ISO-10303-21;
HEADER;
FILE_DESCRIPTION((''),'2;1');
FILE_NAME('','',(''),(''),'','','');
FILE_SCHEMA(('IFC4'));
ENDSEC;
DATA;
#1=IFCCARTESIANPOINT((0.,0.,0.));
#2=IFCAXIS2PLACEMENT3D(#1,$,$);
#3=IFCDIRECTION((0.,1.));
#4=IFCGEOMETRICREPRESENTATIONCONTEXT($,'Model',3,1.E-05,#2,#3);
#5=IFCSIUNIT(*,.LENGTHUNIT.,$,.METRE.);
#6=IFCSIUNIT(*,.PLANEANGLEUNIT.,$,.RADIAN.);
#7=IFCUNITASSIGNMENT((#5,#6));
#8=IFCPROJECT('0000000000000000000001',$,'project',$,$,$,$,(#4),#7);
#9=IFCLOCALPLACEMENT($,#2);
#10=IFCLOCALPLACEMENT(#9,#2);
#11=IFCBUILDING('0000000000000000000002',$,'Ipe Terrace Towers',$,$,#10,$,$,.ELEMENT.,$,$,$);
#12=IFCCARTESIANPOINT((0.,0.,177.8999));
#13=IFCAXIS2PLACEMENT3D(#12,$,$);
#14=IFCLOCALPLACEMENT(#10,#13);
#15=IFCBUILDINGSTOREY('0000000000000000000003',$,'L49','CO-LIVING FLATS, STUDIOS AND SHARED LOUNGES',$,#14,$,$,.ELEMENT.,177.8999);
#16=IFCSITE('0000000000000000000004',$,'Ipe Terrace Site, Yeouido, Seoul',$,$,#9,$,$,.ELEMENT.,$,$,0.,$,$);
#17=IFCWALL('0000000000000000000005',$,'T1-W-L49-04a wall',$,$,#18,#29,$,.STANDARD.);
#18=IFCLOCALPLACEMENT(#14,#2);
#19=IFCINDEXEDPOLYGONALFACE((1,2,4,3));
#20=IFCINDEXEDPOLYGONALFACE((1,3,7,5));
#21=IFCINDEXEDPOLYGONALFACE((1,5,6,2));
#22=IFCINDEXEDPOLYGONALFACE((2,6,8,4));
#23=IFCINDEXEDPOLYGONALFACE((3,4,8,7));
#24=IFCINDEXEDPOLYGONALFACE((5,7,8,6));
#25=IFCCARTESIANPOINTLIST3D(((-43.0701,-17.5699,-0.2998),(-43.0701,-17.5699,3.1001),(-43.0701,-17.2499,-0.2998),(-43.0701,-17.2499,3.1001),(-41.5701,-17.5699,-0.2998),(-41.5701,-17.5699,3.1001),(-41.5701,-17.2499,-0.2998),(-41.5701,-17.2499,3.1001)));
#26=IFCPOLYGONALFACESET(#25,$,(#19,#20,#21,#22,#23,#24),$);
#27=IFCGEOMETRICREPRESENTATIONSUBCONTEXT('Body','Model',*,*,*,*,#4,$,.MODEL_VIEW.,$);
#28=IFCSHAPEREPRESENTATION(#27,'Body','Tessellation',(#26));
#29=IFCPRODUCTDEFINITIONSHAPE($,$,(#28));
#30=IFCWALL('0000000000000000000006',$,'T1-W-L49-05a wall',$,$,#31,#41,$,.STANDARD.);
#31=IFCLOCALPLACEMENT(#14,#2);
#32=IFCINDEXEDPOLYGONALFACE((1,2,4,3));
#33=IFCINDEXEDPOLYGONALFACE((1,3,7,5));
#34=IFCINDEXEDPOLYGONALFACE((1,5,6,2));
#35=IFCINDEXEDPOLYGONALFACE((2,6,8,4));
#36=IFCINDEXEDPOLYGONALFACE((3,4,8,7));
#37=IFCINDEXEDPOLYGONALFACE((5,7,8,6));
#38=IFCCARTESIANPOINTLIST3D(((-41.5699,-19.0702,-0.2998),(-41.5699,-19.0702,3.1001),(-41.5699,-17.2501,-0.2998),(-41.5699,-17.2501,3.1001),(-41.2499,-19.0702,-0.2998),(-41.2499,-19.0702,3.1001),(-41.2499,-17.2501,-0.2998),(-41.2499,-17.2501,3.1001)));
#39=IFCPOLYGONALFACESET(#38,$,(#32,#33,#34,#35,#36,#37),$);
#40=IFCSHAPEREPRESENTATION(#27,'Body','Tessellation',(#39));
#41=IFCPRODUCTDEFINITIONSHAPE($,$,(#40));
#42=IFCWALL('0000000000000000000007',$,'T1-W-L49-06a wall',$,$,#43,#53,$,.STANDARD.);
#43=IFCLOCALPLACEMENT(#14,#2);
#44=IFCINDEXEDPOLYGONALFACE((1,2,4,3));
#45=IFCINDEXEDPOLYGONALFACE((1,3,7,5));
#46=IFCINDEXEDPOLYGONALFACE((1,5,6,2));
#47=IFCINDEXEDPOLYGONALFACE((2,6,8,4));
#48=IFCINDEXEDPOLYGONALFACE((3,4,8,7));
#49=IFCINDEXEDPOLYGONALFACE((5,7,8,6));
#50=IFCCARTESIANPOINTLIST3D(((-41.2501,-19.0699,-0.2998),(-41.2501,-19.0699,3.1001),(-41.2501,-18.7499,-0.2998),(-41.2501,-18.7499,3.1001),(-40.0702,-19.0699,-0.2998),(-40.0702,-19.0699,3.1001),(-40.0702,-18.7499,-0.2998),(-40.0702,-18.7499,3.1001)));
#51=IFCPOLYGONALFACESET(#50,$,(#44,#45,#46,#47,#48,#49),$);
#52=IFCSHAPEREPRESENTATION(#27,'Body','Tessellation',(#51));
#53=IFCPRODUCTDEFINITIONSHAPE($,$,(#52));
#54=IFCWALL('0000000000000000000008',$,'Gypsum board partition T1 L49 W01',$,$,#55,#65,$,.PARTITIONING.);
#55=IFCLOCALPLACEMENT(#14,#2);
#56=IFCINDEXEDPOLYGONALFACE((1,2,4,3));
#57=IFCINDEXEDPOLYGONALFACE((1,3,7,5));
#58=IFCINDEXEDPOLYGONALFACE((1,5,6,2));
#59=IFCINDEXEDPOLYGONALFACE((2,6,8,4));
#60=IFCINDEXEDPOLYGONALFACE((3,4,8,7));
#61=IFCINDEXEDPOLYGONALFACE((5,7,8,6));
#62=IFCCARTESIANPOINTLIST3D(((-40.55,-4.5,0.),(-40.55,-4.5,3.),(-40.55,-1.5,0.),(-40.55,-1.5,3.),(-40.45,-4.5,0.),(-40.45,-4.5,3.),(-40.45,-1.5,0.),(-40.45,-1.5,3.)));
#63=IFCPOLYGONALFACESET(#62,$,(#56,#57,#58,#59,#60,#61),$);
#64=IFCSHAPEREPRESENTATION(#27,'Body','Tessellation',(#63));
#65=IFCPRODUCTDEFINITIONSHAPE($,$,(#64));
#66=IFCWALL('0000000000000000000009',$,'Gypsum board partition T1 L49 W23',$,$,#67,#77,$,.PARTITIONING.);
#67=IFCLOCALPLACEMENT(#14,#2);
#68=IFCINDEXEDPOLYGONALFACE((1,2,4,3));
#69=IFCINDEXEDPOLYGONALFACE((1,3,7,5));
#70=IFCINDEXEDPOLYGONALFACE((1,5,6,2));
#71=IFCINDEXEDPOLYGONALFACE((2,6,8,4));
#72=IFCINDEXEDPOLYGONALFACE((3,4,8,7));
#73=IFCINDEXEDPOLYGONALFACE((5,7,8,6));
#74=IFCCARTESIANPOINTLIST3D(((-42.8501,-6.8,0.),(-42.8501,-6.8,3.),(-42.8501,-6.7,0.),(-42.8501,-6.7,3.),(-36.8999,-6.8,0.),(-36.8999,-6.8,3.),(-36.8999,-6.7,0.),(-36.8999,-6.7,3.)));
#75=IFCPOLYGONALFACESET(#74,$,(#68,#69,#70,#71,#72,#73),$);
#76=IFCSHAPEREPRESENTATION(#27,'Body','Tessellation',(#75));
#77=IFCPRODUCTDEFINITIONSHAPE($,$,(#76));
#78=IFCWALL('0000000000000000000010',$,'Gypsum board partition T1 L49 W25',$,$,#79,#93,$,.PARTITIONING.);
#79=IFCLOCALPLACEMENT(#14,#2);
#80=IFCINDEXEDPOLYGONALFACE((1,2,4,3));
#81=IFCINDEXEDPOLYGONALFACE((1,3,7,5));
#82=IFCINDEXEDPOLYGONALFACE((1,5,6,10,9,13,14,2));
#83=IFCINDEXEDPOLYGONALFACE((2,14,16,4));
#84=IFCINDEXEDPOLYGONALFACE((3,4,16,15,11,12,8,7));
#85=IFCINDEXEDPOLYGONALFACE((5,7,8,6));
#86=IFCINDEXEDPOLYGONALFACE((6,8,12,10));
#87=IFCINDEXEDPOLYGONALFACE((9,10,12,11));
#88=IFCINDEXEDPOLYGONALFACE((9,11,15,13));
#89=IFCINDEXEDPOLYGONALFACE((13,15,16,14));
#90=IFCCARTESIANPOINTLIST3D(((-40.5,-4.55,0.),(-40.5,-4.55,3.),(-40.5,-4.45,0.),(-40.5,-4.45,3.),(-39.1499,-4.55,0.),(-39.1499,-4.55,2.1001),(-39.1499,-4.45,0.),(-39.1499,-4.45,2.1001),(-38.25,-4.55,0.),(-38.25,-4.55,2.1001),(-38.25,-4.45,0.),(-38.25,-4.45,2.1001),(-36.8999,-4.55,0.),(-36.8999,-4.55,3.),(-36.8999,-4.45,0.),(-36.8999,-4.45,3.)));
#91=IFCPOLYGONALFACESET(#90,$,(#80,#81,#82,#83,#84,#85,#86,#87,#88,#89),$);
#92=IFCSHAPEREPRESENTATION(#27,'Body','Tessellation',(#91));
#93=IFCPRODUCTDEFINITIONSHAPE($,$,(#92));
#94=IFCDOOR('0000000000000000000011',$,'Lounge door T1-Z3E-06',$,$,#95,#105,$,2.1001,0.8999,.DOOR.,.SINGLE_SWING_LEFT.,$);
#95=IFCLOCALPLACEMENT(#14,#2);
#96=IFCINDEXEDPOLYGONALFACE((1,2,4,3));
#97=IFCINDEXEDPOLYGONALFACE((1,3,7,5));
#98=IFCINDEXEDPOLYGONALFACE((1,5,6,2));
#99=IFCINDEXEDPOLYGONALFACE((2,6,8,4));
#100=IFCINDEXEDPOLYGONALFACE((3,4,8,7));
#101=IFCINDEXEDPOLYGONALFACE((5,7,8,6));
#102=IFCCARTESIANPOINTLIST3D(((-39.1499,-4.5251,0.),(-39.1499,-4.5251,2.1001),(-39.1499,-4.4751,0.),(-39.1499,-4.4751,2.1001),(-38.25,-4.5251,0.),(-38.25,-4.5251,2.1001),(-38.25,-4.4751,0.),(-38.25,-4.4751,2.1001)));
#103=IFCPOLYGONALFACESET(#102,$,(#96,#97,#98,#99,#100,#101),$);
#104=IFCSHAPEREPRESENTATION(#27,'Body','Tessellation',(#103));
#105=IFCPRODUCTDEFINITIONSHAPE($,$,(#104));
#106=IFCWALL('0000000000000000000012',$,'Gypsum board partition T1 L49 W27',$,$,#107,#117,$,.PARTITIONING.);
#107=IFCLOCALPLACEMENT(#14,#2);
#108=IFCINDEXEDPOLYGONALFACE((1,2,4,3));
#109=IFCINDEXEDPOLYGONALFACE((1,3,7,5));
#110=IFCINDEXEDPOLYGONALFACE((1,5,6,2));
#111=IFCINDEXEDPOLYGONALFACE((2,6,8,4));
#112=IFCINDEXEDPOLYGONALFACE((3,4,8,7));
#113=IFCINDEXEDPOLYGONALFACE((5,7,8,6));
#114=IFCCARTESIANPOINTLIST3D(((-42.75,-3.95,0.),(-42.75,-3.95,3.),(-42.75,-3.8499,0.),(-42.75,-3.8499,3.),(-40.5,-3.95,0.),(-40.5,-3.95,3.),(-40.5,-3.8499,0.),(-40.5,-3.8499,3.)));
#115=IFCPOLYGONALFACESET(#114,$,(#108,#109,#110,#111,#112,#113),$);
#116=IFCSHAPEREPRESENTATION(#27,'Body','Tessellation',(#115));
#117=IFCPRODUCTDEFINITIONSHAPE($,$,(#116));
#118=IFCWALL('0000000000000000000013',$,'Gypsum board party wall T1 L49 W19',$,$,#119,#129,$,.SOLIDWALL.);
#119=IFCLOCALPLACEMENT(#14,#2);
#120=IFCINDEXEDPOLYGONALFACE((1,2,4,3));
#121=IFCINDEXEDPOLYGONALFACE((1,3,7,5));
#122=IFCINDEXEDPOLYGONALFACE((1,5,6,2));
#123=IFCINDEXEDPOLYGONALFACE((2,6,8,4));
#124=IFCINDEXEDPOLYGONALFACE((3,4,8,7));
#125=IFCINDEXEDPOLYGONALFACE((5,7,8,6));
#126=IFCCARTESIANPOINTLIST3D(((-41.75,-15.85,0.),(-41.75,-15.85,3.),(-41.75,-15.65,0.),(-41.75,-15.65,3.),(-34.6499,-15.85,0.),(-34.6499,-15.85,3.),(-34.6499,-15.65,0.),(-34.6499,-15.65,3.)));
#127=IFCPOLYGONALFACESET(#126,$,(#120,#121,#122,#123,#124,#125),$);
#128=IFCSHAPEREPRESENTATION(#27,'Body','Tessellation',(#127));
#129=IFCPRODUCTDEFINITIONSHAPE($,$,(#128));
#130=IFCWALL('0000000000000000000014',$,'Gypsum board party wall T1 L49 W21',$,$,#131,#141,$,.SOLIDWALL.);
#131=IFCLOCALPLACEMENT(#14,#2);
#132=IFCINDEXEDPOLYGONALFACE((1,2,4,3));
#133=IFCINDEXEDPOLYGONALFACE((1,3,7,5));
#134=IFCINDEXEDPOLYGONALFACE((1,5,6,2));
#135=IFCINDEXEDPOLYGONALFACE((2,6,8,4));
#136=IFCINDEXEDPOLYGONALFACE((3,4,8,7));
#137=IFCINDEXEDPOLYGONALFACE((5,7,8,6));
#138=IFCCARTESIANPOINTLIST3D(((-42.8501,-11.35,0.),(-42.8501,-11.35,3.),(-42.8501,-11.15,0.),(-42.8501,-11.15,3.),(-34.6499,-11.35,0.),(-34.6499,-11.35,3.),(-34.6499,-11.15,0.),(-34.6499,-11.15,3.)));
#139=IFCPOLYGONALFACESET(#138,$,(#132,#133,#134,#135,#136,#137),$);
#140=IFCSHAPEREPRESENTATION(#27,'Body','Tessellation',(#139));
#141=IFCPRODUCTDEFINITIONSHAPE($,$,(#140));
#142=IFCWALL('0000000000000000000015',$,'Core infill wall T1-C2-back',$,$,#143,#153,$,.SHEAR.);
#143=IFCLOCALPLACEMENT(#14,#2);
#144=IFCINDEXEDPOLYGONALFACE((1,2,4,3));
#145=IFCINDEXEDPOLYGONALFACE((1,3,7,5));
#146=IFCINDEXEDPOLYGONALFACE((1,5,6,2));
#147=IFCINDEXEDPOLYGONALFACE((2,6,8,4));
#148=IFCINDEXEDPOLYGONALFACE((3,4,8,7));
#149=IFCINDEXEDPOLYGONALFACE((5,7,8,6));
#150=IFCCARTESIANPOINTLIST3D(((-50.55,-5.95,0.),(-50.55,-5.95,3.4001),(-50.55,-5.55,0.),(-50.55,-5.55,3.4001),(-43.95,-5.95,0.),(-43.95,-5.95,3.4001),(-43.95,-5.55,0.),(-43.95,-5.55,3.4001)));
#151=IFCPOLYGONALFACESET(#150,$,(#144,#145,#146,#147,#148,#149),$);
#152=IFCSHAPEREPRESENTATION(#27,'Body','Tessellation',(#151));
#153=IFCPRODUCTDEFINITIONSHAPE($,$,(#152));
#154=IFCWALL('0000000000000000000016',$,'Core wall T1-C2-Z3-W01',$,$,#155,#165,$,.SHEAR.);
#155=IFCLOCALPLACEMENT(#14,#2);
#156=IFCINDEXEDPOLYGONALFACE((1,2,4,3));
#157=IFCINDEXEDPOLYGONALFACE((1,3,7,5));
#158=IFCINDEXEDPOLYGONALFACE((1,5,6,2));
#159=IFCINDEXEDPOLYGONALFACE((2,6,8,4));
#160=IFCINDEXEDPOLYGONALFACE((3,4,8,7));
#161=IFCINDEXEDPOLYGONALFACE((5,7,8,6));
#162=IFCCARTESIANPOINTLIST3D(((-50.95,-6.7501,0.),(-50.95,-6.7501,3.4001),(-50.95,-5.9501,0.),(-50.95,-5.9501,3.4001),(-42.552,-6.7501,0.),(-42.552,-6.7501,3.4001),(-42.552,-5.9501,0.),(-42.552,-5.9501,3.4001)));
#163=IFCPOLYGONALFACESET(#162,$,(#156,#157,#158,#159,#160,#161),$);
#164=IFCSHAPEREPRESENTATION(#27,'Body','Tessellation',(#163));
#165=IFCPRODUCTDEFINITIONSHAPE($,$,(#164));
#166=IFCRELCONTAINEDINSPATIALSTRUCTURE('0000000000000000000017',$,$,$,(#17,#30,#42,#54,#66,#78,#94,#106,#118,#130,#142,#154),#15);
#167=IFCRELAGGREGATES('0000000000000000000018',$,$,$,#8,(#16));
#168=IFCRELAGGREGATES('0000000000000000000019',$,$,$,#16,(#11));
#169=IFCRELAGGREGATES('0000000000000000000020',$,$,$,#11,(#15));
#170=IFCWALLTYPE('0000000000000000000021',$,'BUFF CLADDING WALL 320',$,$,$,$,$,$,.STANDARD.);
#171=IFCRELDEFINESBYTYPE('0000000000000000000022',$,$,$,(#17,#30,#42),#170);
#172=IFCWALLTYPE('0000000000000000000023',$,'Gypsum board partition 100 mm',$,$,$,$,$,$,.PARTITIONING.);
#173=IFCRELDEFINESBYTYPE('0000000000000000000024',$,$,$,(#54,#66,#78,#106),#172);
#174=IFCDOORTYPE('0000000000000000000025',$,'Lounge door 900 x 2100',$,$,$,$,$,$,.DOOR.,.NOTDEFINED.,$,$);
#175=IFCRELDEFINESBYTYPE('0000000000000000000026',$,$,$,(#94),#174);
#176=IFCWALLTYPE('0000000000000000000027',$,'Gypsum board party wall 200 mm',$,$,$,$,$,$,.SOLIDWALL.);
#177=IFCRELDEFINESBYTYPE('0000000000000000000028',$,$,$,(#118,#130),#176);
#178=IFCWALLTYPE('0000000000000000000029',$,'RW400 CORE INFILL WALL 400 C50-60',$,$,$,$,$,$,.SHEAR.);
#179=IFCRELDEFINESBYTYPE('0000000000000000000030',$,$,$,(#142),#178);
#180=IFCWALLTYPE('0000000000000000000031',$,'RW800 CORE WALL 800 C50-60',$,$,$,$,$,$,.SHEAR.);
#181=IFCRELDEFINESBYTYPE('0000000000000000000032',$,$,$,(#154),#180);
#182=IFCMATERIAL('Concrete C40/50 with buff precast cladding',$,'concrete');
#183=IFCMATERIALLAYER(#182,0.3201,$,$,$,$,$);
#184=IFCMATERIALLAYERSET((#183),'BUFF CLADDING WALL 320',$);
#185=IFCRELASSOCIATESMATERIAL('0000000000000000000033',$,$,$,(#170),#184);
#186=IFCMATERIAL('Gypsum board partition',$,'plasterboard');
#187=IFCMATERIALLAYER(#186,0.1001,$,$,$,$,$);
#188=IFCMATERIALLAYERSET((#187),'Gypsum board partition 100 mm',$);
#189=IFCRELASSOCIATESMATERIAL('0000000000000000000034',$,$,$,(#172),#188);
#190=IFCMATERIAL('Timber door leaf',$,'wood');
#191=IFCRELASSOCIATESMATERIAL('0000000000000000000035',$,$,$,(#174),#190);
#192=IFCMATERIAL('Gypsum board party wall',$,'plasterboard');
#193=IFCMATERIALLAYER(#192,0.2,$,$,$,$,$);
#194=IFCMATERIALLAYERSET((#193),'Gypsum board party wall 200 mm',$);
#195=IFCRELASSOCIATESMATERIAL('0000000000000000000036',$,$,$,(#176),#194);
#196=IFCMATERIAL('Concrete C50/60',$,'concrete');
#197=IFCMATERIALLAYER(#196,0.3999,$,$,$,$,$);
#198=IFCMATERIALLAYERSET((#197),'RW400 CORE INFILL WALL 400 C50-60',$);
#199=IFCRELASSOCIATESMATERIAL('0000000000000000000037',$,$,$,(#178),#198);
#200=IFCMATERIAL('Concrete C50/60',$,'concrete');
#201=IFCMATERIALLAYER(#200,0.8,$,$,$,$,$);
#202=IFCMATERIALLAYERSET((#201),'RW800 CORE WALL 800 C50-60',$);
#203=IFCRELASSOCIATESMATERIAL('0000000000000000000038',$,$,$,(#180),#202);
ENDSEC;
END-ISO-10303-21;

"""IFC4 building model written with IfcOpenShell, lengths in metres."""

from ifc_helpers import new_model, si_unit, direction, frame, frame_2d, origin, place, context, subcontext, project, spatial, rectangle, extrude, material, layer, layer_set, type_object, element, fill, save


model = new_model("IFC4")

# Units and contexts
model_context = context("Model", 3, precision=1e-05, world=origin(), true_north=direction((0.0, 1.0)))
body_context = subcontext(model_context, "Body", "Model", "MODEL_VIEW")
ifc_project = project(units=[si_unit("LENGTHUNIT", "METRE"), si_unit("PLANEANGLEUNIT", "RADIAN")], contexts=[model_context])

# Site, building, storey
site_placement = place(None, origin())
site = spatial("IfcSite", under=ifc_project, at=site_placement, Name="Ipe Terrace Site, Yeouido, Seoul", CompositionType="ELEMENT", RefElevation=0.0)
building_placement = place(site_placement, origin())
building = spatial("IfcBuilding", under=site, at=building_placement, Name="Ipe Terrace Towers", CompositionType="ELEMENT")
storey_placement = place(building_placement, frame((0.0, 0.0, 177.8999)))
storey = spatial("IfcBuildingStorey", under=building, at=storey_placement, Name="L49", Description="CO-LIVING FLATS, STUDIOS AND SHARED LOUNGES", CompositionType="ELEMENT", Elevation=177.8999)

# Walls
ifc_material_1 = material(Name="Concrete C40/50 with buff precast cladding", Category="concrete")
ifc_layer_1 = layer(ifc_material_1, 0.3201)
ifc_layer_set_1 = layer_set([ifc_layer_1], Name="BUFF CLADDING WALL 320")
wall_type_1 = type_object("IfcWallType", Name="BUFF CLADDING WALL 320", PredefinedType="STANDARD", material=ifc_layer_set_1)
wall_1_placement = place(storey_placement, frame((-43.0701, -17.4099, -0.2998), z_axis=(0.0, 0.0, 1.0), x_axis=(1.0, 0.0, 0.0)))
element("IfcWall", 1, at=wall_1_placement, inside=storey, type_object=wall_type_1, Name="T1-W-L49-04a wall", PredefinedType="STANDARD", context=body_context, shape_type="SweptSolid", body=[
    extrude(rectangle(XDim=1.5, YDim=0.3201, at=frame_2d((0.75, 0.0))), origin(), (0.0, 0.0, 1.0), 3.3999),
])
wall_2_placement = place(storey_placement, frame((-41.4099, -17.25, -0.2998), z_axis=(0.0, 0.0, 1.0), x_axis=(0.0, -1.0, 0.0)))
element("IfcWall", 2, at=wall_2_placement, inside=storey, type_object=wall_type_1, Name="T1-W-L49-05a wall", PredefinedType="STANDARD", context=body_context, shape_type="SweptSolid", body=[
    extrude(rectangle(XDim=1.8201, YDim=0.3201, at=frame_2d((0.9102, 0.0))), origin(), (0.0, 0.0, 1.0), 3.3999),
])
wall_3_placement = place(storey_placement, frame((-41.25, -18.9099, -0.2998), z_axis=(0.0, 0.0, 1.0), x_axis=(1.0, 0.0, 0.0)))
element("IfcWall", 3, at=wall_3_placement, inside=storey, type_object=wall_type_1, Name="T1-W-L49-06a wall", PredefinedType="STANDARD", context=body_context, shape_type="SweptSolid", body=[
    extrude(rectangle(XDim=1.1799, YDim=0.3201, at=frame_2d((0.5898, 0.0))), origin(), (0.0, 0.0, 1.0), 3.3999),
])
ifc_material_2 = material(Name="Gypsum board partition", Category="plasterboard")
ifc_layer_2 = layer(ifc_material_2, 0.1001)
ifc_layer_set_2 = layer_set([ifc_layer_2], Name="Gypsum board partition 100 mm")
wall_type_2 = type_object("IfcWallType", Name="Gypsum board partition 100 mm", PredefinedType="PARTITIONING", material=ifc_layer_set_2)
wall_4_placement = place(storey_placement, frame((-40.5, -4.5, 0.0), z_axis=(0.0, 0.0, 1.0), x_axis=(0.0, 1.0, 0.0)))
element("IfcWall", 4, at=wall_4_placement, inside=storey, type_object=wall_type_2, Name="Gypsum board partition T1 L49 W01", PredefinedType="PARTITIONING", context=body_context, shape_type="SweptSolid", body=[
    extrude(rectangle(XDim=3.0, YDim=0.1001, at=frame_2d((1.5, 0.0))), origin(), (0.0, 0.0, 1.0), 3.0),
])
wall_5_placement = place(storey_placement, frame((-42.8501, -6.75, 0.0), z_axis=(0.0, 0.0, 1.0), x_axis=(1.0, 0.0, 0.0)))
element("IfcWall", 5, at=wall_5_placement, inside=storey, type_object=wall_type_2, Name="Gypsum board partition T1 L49 W23", PredefinedType="PARTITIONING", context=body_context, shape_type="SweptSolid", body=[
    extrude(rectangle(XDim=5.9502, YDim=0.1001, at=frame_2d((2.9751, 0.0))), origin(), (0.0, 0.0, 1.0), 3.0),
])

# Wall, opening, door
wall_6_placement = place(storey_placement, frame((-40.5, -4.5, 0.0), z_axis=(0.0, 0.0, 1.0), x_axis=(1.0, 0.0, 0.0)))
wall_6 = element("IfcWall", 6, at=wall_6_placement, inside=storey, type_object=wall_type_2, Name="Gypsum board partition T1 L49 W25", PredefinedType="PARTITIONING", context=body_context, shape_type="SweptSolid", body=[
    extrude(rectangle(XDim=3.6001, YDim=0.1001, at=frame_2d((1.8, 0.0))), origin(), (0.0, 0.0, 1.0), 3.0),
])
opening_1_placement = place(wall_6_placement, frame((1.3501, 0.0, 0.0)))
opening_1 = element("IfcOpeningElement", 7, at=opening_1_placement, cuts=wall_6, PredefinedType="OPENING", context=body_context, shape_type="SweptSolid", body=[
    extrude(rectangle(XDim=0.8999, YDim=2.1001, at=frame_2d((0.45, 1.05))), frame((0.0, 0.0601, 0.0), z_axis=(0.0, -1.0, 0.0), x_axis=(1.0, 0.0, 0.0)), (0.0, 0.0, 1.0), 0.1201),
])
ifc_material_3 = material(Name="Timber door leaf", Category="wood")
door_type_1 = type_object("IfcDoorType", Name="Lounge door 900 x 2100", OperationType="NOTDEFINED", PredefinedType="DOOR", material=ifc_material_3)
door_1_placement = place(opening_1_placement, origin())
door_1 = element("IfcDoor", 8, at=door_1_placement, inside=storey, type_object=door_type_1, Name="Lounge door T1-Z3E-06", OperationType="SINGLE_SWING_LEFT", OverallHeight=2.1001, OverallWidth=0.8999, PredefinedType="DOOR", context=body_context, shape_type="SweptSolid", body=[
    extrude(rectangle(XDim=0.8999, YDim=2.1001, at=frame_2d((0.45, 1.05))), frame((0.0, 0.0249, 0.0), z_axis=(0.0, -1.0, 0.0), x_axis=(1.0, 0.0, 0.0)), (0.0, 0.0, 1.0), 0.05),
])
fill(opening_1, door_1)

# Walls
wall_7_placement = place(storey_placement, frame((-42.75, -3.8999, 0.0), z_axis=(0.0, 0.0, 1.0), x_axis=(1.0, 0.0, 0.0)))
element("IfcWall", 9, at=wall_7_placement, inside=storey, type_object=wall_type_2, Name="Gypsum board partition T1 L49 W27", PredefinedType="PARTITIONING", context=body_context, shape_type="SweptSolid", body=[
    extrude(rectangle(XDim=2.25, YDim=0.1001, at=frame_2d((1.125, 0.0))), origin(), (0.0, 0.0, 1.0), 3.0),
])
ifc_material_4 = material(Name="Gypsum board party wall", Category="plasterboard")
ifc_layer_3 = layer(ifc_material_4, 0.2)
ifc_layer_set_3 = layer_set([ifc_layer_3], Name="Gypsum board party wall 200 mm")
wall_type_3 = type_object("IfcWallType", Name="Gypsum board party wall 200 mm", PredefinedType="SOLIDWALL", material=ifc_layer_set_3)
wall_8_placement = place(storey_placement, frame((-41.75, -15.75, 0.0), z_axis=(0.0, 0.0, 1.0), x_axis=(1.0, 0.0, 0.0)))
element("IfcWall", 10, at=wall_8_placement, inside=storey, type_object=wall_type_3, Name="Gypsum board party wall T1 L49 W19", PredefinedType="SOLIDWALL", context=body_context, shape_type="SweptSolid", body=[
    extrude(rectangle(XDim=7.1001, YDim=0.2, at=frame_2d((3.55, 0.0))), origin(), (0.0, 0.0, 1.0), 3.0),
])
wall_9_placement = place(storey_placement, frame((-42.8501, -11.25, 0.0), z_axis=(0.0, 0.0, 1.0), x_axis=(1.0, 0.0, 0.0)))
element("IfcWall", 11, at=wall_9_placement, inside=storey, type_object=wall_type_3, Name="Gypsum board party wall T1 L49 W21", PredefinedType="SOLIDWALL", context=body_context, shape_type="SweptSolid", body=[
    extrude(rectangle(XDim=8.2002, YDim=0.2, at=frame_2d((4.1001, 0.0))), origin(), (0.0, 0.0, 1.0), 3.0),
])
ifc_material_5 = material(Name="Concrete C50/60", Category="concrete")
ifc_layer_4 = layer(ifc_material_5, 0.3999)
ifc_layer_set_4 = layer_set([ifc_layer_4], Name="RW400 CORE INFILL WALL 400 C50-60")
wall_type_4 = type_object("IfcWallType", Name="RW400 CORE INFILL WALL 400 C50-60", PredefinedType="SHEAR", material=ifc_layer_set_4)
wall_10_placement = place(storey_placement, frame((-43.95, -5.75, 0.0), z_axis=(0.0, 0.0, 1.0), x_axis=(-1.0, 0.0, 0.0)))
element("IfcWall", 12, at=wall_10_placement, inside=storey, type_object=wall_type_4, Name="Core infill wall T1-C2-back", PredefinedType="SHEAR", context=body_context, shape_type="SweptSolid", body=[
    extrude(rectangle(XDim=6.6001, YDim=0.3999, at=frame_2d((3.3, 0.0))), origin(), (0.0, 0.0, 1.0), 3.4001),
])
ifc_material_6 = material(Name="Concrete C50/60", Category="concrete")
ifc_layer_5 = layer(ifc_material_6, 0.8)
ifc_layer_set_5 = layer_set([ifc_layer_5], Name="RW800 CORE WALL 800 C50-60")
wall_type_5 = type_object("IfcWallType", Name="RW800 CORE WALL 800 C50-60", PredefinedType="SHEAR", material=ifc_layer_set_5)
wall_11_placement = place(storey_placement, frame((-50.95, -6.3501, 0.0), z_axis=(0.0, 0.0, 1.0), x_axis=(1.0, 0.0, 0.0)))
element("IfcWall", 13, at=wall_11_placement, inside=storey, type_object=wall_type_5, Name="Core wall T1-C2-Z3-W01", PredefinedType="SHEAR", context=body_context, shape_type="SweptSolid", body=[
    extrude(rectangle(XDim=8.3979, YDim=0.8, at=frame_2d((4.199, 0.0))), origin(), (0.0, 0.0, 1.0), 3.4001),
])

save(model, "model.ifc")
